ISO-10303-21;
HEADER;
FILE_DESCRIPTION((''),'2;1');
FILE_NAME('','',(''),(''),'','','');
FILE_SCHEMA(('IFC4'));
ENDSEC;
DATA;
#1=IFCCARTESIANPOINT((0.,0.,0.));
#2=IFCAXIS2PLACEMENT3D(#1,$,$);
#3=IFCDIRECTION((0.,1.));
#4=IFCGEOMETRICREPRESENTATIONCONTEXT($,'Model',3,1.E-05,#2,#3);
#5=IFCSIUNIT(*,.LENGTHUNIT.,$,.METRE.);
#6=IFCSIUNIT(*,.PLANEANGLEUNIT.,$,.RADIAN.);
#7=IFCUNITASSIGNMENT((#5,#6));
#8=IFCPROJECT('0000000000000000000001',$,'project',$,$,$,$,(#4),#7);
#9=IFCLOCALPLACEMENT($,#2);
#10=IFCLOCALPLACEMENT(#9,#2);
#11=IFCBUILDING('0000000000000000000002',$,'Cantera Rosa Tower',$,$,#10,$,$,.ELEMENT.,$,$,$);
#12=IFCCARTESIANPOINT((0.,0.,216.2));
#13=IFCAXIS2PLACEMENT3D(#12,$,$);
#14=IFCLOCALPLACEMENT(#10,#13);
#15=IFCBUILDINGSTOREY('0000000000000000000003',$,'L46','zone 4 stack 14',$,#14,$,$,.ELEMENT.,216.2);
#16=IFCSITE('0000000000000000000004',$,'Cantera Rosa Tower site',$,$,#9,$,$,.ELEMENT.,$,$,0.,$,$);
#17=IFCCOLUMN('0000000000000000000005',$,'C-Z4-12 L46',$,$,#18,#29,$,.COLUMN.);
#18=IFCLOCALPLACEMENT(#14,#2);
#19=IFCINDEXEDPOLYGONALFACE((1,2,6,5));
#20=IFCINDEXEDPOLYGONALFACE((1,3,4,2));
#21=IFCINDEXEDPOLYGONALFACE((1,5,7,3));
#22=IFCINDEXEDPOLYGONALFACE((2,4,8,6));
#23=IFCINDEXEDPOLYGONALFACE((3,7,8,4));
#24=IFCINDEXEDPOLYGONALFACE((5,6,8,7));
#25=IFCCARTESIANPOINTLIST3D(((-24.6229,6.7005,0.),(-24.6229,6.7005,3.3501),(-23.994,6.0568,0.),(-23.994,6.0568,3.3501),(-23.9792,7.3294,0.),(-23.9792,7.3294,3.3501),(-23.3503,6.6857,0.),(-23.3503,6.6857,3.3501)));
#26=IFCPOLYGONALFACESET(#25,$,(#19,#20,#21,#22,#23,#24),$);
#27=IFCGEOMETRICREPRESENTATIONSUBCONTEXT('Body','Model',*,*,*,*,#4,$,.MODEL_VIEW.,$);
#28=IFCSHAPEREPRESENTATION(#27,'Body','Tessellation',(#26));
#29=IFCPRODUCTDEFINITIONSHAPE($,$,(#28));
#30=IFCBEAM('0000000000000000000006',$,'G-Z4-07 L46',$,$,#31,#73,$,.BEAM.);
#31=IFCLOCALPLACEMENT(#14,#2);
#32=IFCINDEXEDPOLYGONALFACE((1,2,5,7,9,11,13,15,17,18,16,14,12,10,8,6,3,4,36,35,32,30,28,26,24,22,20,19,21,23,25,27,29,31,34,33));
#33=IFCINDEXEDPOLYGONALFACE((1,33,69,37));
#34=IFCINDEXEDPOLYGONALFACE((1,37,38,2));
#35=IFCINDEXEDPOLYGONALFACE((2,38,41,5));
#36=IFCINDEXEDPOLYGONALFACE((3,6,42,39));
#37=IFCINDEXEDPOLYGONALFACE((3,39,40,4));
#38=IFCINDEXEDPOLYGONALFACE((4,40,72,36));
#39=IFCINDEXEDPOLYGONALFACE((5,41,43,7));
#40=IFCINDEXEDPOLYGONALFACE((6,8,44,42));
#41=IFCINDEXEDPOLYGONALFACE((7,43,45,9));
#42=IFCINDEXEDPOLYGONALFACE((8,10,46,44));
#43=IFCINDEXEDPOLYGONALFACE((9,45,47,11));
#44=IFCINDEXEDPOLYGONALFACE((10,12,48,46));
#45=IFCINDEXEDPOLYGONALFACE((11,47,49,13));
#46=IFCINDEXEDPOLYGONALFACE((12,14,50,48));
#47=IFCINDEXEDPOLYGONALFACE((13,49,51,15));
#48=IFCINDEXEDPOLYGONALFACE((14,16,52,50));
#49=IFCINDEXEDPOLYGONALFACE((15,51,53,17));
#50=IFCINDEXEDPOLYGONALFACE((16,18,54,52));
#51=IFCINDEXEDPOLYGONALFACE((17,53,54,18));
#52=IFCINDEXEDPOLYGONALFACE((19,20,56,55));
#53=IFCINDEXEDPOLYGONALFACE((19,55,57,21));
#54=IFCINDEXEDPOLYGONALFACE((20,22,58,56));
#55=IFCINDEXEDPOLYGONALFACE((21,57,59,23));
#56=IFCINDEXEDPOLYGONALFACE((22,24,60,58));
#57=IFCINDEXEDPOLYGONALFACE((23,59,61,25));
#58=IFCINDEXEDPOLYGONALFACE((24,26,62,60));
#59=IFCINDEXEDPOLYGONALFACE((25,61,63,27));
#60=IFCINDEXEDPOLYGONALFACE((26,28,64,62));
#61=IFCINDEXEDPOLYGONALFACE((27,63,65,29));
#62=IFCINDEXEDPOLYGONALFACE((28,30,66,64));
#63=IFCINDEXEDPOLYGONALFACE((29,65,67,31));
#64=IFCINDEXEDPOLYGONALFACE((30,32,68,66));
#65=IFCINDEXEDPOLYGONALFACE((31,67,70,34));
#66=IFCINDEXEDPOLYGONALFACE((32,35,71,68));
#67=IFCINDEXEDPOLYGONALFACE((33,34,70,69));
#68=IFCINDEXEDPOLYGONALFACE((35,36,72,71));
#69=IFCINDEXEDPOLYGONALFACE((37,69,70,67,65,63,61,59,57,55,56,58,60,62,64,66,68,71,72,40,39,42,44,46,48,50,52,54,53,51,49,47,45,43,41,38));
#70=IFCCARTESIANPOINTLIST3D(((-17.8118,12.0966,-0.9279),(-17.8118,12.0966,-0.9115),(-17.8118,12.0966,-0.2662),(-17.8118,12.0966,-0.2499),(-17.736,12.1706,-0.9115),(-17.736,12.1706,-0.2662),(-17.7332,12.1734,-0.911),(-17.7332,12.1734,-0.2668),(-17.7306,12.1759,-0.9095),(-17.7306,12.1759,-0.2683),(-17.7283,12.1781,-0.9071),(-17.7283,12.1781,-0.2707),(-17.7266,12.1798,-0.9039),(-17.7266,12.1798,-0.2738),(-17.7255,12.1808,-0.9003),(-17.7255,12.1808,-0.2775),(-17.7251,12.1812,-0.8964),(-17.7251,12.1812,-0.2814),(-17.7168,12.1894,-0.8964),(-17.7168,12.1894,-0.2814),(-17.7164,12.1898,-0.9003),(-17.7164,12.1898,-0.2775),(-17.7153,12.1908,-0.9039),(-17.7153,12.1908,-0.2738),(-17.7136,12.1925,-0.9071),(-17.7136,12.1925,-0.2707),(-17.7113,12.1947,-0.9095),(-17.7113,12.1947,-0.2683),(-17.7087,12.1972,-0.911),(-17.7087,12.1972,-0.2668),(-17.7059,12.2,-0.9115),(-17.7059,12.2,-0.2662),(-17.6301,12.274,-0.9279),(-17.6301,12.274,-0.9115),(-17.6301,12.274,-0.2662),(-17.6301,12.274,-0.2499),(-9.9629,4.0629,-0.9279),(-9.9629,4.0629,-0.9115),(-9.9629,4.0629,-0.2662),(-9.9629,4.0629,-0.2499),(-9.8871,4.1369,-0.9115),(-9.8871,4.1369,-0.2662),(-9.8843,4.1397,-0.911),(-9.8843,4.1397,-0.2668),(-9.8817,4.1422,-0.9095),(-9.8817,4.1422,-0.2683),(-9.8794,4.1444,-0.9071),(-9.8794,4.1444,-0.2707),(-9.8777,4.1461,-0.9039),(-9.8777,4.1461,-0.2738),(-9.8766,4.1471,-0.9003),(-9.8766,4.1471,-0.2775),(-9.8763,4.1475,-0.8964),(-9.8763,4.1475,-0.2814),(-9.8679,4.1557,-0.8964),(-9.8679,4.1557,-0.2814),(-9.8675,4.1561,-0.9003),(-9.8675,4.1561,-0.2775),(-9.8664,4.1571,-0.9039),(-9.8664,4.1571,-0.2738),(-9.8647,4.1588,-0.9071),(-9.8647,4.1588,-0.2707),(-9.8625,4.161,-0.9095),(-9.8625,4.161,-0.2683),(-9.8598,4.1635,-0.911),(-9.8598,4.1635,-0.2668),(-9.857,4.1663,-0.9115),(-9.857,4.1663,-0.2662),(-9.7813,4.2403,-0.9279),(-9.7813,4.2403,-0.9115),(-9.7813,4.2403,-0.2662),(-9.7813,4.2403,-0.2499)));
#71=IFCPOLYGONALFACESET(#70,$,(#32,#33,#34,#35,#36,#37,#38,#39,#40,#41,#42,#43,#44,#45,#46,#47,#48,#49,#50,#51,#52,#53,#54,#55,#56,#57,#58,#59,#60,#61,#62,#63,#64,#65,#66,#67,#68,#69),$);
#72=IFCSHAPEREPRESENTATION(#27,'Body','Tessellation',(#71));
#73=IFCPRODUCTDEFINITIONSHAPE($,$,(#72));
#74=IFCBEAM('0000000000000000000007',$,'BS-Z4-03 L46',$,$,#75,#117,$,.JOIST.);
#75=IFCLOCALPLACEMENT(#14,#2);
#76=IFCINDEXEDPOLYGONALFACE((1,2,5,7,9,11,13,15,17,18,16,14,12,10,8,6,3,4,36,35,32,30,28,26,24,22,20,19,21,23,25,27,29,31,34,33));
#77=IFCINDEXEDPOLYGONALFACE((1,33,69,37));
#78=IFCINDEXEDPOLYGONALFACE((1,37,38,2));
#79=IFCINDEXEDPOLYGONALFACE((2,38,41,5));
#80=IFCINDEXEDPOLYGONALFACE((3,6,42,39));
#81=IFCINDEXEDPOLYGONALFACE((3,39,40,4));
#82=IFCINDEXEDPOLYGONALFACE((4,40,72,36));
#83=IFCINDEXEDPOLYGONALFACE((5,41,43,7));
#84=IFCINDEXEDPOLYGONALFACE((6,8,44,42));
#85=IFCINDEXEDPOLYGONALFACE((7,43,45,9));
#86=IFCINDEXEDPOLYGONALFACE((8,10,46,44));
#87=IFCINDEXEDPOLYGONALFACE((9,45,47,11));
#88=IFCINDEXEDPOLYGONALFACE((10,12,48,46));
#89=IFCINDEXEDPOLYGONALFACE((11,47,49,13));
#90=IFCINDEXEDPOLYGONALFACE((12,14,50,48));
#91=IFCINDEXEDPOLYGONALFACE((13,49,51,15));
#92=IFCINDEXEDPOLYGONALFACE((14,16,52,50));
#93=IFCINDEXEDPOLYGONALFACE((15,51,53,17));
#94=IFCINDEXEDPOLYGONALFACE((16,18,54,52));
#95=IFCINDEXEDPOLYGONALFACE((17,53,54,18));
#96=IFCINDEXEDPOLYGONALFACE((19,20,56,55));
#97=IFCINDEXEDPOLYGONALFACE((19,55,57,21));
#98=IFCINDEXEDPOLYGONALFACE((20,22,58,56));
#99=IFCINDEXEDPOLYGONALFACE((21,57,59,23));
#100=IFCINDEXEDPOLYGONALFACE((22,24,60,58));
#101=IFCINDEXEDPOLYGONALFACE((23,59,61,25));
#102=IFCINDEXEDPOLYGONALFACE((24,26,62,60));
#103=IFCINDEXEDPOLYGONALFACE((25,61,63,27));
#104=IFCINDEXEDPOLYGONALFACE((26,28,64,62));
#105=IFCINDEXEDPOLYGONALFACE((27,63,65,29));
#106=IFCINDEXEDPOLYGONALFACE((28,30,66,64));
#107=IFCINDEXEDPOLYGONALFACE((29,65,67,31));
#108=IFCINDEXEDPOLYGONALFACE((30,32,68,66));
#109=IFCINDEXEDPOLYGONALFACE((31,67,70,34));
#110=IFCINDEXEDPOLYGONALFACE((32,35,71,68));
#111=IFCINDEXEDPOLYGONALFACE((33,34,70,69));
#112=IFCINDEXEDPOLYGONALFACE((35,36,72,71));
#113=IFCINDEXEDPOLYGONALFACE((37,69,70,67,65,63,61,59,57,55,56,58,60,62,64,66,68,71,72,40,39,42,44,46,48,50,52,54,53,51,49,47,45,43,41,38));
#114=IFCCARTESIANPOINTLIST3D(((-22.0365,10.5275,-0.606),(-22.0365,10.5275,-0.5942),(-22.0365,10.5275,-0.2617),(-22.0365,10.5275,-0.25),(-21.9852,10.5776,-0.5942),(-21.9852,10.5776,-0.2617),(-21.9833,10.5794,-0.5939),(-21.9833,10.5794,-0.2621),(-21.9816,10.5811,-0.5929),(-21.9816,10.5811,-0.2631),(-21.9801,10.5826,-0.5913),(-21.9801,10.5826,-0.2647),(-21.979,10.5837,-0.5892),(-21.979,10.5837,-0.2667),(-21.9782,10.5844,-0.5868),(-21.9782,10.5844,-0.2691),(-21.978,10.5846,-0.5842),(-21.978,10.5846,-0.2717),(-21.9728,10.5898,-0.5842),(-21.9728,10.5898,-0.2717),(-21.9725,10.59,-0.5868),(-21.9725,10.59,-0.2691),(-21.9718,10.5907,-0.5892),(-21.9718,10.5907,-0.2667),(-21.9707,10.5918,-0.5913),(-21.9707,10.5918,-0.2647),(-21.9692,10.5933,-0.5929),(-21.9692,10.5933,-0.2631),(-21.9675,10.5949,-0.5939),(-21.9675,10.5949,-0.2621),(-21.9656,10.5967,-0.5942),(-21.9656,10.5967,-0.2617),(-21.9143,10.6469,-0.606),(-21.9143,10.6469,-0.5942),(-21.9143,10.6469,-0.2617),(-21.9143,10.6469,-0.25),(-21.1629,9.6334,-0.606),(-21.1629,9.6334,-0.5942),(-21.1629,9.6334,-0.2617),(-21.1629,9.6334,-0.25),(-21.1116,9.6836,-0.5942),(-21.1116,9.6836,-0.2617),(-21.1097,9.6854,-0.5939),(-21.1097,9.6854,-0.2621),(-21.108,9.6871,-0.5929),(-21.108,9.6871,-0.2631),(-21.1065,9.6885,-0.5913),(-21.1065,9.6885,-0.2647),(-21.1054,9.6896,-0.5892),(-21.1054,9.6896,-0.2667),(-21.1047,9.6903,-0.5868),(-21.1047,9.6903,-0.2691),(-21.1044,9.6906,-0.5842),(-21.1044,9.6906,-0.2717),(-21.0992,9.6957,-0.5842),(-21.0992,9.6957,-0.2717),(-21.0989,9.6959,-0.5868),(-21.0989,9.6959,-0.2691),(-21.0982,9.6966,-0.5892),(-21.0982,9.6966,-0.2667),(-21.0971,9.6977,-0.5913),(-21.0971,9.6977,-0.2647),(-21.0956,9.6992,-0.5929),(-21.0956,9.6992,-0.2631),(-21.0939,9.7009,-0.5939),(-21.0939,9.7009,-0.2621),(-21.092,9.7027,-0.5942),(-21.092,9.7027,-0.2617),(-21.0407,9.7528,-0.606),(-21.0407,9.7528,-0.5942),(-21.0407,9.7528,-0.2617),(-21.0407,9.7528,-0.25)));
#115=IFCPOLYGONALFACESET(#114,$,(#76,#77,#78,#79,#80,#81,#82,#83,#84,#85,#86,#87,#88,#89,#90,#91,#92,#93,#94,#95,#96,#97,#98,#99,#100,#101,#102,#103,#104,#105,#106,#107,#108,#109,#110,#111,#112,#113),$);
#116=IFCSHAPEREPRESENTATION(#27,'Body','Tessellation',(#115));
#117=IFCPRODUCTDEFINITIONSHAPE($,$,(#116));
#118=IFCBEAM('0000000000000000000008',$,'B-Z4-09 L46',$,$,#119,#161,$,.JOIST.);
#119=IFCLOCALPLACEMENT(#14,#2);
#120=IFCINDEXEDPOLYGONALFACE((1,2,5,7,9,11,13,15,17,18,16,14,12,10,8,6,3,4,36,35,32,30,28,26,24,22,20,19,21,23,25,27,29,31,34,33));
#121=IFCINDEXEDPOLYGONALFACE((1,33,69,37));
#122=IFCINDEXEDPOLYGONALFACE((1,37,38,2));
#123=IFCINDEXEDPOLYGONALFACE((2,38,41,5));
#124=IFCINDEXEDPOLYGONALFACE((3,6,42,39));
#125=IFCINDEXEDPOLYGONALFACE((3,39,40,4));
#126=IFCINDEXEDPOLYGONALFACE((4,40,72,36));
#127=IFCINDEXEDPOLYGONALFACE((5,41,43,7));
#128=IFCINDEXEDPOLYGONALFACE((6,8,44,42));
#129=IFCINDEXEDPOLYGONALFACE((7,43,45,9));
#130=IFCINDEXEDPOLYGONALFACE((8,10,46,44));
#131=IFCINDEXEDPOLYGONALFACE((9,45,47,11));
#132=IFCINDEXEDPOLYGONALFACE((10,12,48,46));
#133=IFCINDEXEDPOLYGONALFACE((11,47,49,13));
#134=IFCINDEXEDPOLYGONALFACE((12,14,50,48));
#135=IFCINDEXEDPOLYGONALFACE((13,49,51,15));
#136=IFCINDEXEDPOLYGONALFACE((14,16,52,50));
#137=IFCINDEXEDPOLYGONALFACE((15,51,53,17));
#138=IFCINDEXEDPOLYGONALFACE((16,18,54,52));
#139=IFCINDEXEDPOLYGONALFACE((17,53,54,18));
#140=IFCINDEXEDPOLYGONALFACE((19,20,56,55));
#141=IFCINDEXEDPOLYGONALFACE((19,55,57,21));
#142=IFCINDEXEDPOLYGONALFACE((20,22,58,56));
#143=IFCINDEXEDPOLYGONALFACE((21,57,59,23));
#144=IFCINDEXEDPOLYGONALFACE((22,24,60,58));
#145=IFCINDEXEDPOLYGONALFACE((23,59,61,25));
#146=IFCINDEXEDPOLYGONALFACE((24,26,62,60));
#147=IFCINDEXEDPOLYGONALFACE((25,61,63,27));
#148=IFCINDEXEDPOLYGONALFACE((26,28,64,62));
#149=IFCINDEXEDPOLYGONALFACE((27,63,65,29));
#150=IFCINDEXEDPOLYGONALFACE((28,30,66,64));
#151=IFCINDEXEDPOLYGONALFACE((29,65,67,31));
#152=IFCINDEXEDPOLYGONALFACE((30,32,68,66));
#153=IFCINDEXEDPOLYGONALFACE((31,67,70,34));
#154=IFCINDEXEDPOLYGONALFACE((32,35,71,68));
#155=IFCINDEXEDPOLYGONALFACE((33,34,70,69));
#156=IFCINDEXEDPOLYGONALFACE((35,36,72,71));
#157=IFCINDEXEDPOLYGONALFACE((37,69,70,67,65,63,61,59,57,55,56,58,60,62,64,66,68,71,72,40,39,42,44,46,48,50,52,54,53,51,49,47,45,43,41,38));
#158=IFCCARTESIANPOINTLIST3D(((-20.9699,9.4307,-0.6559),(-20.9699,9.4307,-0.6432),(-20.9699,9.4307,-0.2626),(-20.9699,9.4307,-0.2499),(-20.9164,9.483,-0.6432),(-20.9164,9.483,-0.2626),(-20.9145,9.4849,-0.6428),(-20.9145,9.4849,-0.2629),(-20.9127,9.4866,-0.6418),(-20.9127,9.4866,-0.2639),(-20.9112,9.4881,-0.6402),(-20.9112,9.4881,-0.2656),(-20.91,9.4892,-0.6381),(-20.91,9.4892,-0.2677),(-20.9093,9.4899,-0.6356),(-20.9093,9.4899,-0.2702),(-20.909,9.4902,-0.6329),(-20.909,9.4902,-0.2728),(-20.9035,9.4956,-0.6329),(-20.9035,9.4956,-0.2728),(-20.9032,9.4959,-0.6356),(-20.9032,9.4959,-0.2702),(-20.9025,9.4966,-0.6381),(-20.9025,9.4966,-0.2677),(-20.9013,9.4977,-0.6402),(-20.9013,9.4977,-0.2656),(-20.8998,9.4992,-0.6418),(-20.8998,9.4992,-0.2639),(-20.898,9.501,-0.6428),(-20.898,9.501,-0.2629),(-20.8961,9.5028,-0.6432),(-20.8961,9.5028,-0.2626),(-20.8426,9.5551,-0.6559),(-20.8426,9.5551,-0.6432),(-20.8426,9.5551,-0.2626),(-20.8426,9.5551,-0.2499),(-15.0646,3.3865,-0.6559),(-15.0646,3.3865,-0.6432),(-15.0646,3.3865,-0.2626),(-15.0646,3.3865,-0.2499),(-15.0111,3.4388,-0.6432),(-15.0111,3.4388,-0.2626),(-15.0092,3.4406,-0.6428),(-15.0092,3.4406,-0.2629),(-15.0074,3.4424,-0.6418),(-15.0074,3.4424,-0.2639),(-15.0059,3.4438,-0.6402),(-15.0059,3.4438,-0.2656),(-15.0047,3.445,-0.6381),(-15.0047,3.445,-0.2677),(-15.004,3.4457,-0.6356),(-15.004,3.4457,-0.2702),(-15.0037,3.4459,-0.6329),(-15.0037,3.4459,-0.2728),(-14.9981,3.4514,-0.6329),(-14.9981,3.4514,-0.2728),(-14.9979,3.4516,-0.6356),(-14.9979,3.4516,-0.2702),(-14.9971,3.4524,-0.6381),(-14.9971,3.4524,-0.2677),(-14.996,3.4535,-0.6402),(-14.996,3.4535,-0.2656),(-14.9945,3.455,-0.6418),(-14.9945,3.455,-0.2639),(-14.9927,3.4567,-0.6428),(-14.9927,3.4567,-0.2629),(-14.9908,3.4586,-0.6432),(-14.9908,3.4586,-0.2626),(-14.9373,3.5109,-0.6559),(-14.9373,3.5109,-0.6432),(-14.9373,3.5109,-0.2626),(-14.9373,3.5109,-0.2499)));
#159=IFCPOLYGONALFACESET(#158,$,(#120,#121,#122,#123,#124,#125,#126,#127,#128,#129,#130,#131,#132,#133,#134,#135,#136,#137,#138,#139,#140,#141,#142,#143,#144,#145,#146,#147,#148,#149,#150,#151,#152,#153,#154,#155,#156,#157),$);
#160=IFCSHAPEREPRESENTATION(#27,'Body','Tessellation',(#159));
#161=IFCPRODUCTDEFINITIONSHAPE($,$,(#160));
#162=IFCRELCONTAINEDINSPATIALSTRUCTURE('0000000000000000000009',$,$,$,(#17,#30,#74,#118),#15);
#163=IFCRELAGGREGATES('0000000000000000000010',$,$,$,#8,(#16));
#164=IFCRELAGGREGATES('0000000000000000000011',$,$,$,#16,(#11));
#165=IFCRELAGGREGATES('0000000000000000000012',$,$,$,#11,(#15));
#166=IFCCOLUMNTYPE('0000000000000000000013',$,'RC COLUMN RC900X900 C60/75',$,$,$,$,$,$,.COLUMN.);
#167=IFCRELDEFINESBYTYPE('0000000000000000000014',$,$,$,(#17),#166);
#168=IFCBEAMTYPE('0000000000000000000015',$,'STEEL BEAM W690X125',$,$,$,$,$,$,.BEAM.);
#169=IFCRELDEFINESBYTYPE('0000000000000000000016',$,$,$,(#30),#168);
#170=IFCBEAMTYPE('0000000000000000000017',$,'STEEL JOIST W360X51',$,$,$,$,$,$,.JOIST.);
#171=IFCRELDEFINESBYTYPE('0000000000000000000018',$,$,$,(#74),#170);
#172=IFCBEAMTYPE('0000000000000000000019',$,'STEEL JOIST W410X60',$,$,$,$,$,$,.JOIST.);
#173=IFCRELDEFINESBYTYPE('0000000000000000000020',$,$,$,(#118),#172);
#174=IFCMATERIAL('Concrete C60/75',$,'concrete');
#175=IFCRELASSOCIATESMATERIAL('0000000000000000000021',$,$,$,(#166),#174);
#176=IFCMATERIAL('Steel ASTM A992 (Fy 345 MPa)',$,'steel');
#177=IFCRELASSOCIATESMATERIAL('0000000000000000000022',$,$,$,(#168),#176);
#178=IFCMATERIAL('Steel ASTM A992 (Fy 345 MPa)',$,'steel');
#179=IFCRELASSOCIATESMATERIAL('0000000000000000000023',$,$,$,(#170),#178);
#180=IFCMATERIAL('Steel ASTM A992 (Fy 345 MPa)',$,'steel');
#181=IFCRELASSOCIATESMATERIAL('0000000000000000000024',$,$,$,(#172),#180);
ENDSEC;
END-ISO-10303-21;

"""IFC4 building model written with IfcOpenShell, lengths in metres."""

from ifc_helpers import new_model, si_unit, direction, frame, origin, origin_2d, place, context, subcontext, project, spatial, rectangle, i_section, extrude, material, material_profile, profile_set, type_object, element, save


model = new_model("IFC4")

# Units and contexts
model_context = context("Model", 3, precision=1e-05, world=origin(), true_north=direction((0.0, 1.0)))
body_context = subcontext(model_context, "Body", "Model", "MODEL_VIEW")
ifc_project = project(units=[si_unit("LENGTHUNIT", "METRE"), si_unit("PLANEANGLEUNIT", "RADIAN")], contexts=[model_context])

# Site, building, storey
site_placement = place(None, origin())
site = spatial("IfcSite", under=ifc_project, at=site_placement, Name="Cantera Rosa Tower site", CompositionType="ELEMENT", RefElevation=0.0)
building_placement = place(site_placement, origin())
building = spatial("IfcBuilding", under=site, at=building_placement, Name="Cantera Rosa Tower", CompositionType="ELEMENT")
storey_placement = place(building_placement, frame((0.0, 0.0, 216.2)))
storey = spatial("IfcBuildingStorey", under=building, at=storey_placement, Name="L46", Description="zone 4 stack 14", CompositionType="ELEMENT", Elevation=216.2)

# Column
ifc_material_1 = material(Name="Concrete C60/75", Category="concrete")
ifc_material_profile_1 = material_profile(ifc_material_1, rectangle(XDim=0.8999, YDim=0.8999, at=origin_2d()), Name="RC COLUMN RC900X900 C60/75")
ifc_profile_set_1 = profile_set([ifc_material_profile_1], Name="Concrete C60/75")
column_type = type_object("IfcColumnType", Name="RC COLUMN RC900X900 C60/75", PredefinedType="COLUMN", material=ifc_profile_set_1)
column_placement = place(storey_placement, frame((-23.9866, 6.6931, 0.0), z_axis=(0.0, 0.0, 1.0), x_axis=(0.715286, 0.698832, 0.0)))
element("IfcColumn", 1, at=column_placement, inside=storey, type_object=column_type, Name="C-Z4-12 L46", PredefinedType="COLUMN", context=body_context, shape_type="SweptSolid", body=[
    extrude(rectangle(XDim=0.8999, YDim=0.8999, at=origin_2d()), origin(), (0.0, 0.0, 1.0), 3.3501),
])

# Beams
ifc_material_2 = material(Name="Steel ASTM A992 (Fy 345 MPa)", Category="steel")
ifc_material_profile_2 = material_profile(ifc_material_2, i_section(OverallWidth=0.2539, OverallDepth=0.678, WebThickness=0.0117, FlangeThickness=0.0164, FilletRadius=0.0151, at=origin_2d()), Name="W690X125")
ifc_profile_set_2 = profile_set([ifc_material_profile_2], Name="Steel ASTM A992 (Fy 345 MPa)")
beam_type_1 = type_object("IfcBeamType", Name="STEEL BEAM W690X125", PredefinedType="BEAM", material=ifc_profile_set_2)
beam_1_placement = place(storey_placement, frame((-17.7209, 12.1853, -0.5889), z_axis=(0.698831, -0.715286, 0.0), x_axis=(0.715286, 0.698831, 0.0)))
element("IfcBeam", 2, at=beam_1_placement, inside=storey, type_object=beam_type_1, Name="G-Z4-07 L46", PredefinedType="BEAM", context=body_context, shape_type="SweptSolid", body=[
    extrude(i_section(OverallWidth=0.2539, OverallDepth=0.678, WebThickness=0.0117, FlangeThickness=0.0164, FilletRadius=0.0151, at=origin_2d()), origin(), (0.0, 0.0, 1.0), 11.2314),
])
ifc_material_3 = material(Name="Steel ASTM A992 (Fy 345 MPa)", Category="steel")
ifc_material_profile_3 = material_profile(ifc_material_3, i_section(OverallWidth=0.1709, OverallDepth=0.356, WebThickness=0.0073, FlangeThickness=0.0117, FilletRadius=0.01, at=origin_2d()), Name="W360X51")
ifc_profile_set_3 = profile_set([ifc_material_profile_3], Name="Steel ASTM A992 (Fy 345 MPa)")
beam_type_2 = type_object("IfcBeamType", Name="STEEL JOIST W360X51", PredefinedType="JOIST", material=ifc_profile_set_3)
beam_2_placement = place(storey_placement, frame((-21.1018, 9.6931, -0.428), z_axis=(-0.698856, 0.715263, 0.0), x_axis=(-0.715263, -0.698856, 0.0)))
element("IfcBeam", 3, at=beam_2_placement, inside=storey, type_object=beam_type_2, Name="BS-Z4-03 L46", PredefinedType="JOIST", context=body_context, shape_type="SweptSolid", body=[
    extrude(i_section(OverallWidth=0.1709, OverallDepth=0.356, WebThickness=0.0073, FlangeThickness=0.0117, FilletRadius=0.01, at=origin_2d()), origin(), (0.0, 0.0, 1.0), 1.25),
])
ifc_material_4 = material(Name="Steel ASTM A992 (Fy 345 MPa)", Category="steel")
ifc_material_profile_4 = material_profile(ifc_material_4, i_section(OverallWidth=0.178, OverallDepth=0.406, WebThickness=0.0078, FlangeThickness=0.0127, FilletRadius=0.0103, at=origin_2d()), Name="W410X60")
ifc_profile_set_4 = profile_set([ifc_material_profile_4], Name="Steel ASTM A992 (Fy 345 MPa)")
beam_type_3 = type_object("IfcBeamType", Name="STEEL JOIST W410X60", PredefinedType="JOIST", material=ifc_profile_set_4)
beam_3_placement = place(storey_placement, frame((-20.9062, 9.4929, -0.4529), z_axis=(0.698839, -0.715279, 0.0), x_axis=(0.715279, 0.698839, 0.0)))
element("IfcBeam", 4, at=beam_3_placement, inside=storey, type_object=beam_type_3, Name="B-Z4-09 L46", PredefinedType="JOIST", context=body_context, shape_type="SweptSolid", body=[
    extrude(i_section(OverallWidth=0.178, OverallDepth=0.406, WebThickness=0.0078, FlangeThickness=0.0127, FilletRadius=0.0103, at=origin_2d()), origin(), (0.0, 0.0, 1.0), 8.4502),
])

save(model, "model.ifc")
